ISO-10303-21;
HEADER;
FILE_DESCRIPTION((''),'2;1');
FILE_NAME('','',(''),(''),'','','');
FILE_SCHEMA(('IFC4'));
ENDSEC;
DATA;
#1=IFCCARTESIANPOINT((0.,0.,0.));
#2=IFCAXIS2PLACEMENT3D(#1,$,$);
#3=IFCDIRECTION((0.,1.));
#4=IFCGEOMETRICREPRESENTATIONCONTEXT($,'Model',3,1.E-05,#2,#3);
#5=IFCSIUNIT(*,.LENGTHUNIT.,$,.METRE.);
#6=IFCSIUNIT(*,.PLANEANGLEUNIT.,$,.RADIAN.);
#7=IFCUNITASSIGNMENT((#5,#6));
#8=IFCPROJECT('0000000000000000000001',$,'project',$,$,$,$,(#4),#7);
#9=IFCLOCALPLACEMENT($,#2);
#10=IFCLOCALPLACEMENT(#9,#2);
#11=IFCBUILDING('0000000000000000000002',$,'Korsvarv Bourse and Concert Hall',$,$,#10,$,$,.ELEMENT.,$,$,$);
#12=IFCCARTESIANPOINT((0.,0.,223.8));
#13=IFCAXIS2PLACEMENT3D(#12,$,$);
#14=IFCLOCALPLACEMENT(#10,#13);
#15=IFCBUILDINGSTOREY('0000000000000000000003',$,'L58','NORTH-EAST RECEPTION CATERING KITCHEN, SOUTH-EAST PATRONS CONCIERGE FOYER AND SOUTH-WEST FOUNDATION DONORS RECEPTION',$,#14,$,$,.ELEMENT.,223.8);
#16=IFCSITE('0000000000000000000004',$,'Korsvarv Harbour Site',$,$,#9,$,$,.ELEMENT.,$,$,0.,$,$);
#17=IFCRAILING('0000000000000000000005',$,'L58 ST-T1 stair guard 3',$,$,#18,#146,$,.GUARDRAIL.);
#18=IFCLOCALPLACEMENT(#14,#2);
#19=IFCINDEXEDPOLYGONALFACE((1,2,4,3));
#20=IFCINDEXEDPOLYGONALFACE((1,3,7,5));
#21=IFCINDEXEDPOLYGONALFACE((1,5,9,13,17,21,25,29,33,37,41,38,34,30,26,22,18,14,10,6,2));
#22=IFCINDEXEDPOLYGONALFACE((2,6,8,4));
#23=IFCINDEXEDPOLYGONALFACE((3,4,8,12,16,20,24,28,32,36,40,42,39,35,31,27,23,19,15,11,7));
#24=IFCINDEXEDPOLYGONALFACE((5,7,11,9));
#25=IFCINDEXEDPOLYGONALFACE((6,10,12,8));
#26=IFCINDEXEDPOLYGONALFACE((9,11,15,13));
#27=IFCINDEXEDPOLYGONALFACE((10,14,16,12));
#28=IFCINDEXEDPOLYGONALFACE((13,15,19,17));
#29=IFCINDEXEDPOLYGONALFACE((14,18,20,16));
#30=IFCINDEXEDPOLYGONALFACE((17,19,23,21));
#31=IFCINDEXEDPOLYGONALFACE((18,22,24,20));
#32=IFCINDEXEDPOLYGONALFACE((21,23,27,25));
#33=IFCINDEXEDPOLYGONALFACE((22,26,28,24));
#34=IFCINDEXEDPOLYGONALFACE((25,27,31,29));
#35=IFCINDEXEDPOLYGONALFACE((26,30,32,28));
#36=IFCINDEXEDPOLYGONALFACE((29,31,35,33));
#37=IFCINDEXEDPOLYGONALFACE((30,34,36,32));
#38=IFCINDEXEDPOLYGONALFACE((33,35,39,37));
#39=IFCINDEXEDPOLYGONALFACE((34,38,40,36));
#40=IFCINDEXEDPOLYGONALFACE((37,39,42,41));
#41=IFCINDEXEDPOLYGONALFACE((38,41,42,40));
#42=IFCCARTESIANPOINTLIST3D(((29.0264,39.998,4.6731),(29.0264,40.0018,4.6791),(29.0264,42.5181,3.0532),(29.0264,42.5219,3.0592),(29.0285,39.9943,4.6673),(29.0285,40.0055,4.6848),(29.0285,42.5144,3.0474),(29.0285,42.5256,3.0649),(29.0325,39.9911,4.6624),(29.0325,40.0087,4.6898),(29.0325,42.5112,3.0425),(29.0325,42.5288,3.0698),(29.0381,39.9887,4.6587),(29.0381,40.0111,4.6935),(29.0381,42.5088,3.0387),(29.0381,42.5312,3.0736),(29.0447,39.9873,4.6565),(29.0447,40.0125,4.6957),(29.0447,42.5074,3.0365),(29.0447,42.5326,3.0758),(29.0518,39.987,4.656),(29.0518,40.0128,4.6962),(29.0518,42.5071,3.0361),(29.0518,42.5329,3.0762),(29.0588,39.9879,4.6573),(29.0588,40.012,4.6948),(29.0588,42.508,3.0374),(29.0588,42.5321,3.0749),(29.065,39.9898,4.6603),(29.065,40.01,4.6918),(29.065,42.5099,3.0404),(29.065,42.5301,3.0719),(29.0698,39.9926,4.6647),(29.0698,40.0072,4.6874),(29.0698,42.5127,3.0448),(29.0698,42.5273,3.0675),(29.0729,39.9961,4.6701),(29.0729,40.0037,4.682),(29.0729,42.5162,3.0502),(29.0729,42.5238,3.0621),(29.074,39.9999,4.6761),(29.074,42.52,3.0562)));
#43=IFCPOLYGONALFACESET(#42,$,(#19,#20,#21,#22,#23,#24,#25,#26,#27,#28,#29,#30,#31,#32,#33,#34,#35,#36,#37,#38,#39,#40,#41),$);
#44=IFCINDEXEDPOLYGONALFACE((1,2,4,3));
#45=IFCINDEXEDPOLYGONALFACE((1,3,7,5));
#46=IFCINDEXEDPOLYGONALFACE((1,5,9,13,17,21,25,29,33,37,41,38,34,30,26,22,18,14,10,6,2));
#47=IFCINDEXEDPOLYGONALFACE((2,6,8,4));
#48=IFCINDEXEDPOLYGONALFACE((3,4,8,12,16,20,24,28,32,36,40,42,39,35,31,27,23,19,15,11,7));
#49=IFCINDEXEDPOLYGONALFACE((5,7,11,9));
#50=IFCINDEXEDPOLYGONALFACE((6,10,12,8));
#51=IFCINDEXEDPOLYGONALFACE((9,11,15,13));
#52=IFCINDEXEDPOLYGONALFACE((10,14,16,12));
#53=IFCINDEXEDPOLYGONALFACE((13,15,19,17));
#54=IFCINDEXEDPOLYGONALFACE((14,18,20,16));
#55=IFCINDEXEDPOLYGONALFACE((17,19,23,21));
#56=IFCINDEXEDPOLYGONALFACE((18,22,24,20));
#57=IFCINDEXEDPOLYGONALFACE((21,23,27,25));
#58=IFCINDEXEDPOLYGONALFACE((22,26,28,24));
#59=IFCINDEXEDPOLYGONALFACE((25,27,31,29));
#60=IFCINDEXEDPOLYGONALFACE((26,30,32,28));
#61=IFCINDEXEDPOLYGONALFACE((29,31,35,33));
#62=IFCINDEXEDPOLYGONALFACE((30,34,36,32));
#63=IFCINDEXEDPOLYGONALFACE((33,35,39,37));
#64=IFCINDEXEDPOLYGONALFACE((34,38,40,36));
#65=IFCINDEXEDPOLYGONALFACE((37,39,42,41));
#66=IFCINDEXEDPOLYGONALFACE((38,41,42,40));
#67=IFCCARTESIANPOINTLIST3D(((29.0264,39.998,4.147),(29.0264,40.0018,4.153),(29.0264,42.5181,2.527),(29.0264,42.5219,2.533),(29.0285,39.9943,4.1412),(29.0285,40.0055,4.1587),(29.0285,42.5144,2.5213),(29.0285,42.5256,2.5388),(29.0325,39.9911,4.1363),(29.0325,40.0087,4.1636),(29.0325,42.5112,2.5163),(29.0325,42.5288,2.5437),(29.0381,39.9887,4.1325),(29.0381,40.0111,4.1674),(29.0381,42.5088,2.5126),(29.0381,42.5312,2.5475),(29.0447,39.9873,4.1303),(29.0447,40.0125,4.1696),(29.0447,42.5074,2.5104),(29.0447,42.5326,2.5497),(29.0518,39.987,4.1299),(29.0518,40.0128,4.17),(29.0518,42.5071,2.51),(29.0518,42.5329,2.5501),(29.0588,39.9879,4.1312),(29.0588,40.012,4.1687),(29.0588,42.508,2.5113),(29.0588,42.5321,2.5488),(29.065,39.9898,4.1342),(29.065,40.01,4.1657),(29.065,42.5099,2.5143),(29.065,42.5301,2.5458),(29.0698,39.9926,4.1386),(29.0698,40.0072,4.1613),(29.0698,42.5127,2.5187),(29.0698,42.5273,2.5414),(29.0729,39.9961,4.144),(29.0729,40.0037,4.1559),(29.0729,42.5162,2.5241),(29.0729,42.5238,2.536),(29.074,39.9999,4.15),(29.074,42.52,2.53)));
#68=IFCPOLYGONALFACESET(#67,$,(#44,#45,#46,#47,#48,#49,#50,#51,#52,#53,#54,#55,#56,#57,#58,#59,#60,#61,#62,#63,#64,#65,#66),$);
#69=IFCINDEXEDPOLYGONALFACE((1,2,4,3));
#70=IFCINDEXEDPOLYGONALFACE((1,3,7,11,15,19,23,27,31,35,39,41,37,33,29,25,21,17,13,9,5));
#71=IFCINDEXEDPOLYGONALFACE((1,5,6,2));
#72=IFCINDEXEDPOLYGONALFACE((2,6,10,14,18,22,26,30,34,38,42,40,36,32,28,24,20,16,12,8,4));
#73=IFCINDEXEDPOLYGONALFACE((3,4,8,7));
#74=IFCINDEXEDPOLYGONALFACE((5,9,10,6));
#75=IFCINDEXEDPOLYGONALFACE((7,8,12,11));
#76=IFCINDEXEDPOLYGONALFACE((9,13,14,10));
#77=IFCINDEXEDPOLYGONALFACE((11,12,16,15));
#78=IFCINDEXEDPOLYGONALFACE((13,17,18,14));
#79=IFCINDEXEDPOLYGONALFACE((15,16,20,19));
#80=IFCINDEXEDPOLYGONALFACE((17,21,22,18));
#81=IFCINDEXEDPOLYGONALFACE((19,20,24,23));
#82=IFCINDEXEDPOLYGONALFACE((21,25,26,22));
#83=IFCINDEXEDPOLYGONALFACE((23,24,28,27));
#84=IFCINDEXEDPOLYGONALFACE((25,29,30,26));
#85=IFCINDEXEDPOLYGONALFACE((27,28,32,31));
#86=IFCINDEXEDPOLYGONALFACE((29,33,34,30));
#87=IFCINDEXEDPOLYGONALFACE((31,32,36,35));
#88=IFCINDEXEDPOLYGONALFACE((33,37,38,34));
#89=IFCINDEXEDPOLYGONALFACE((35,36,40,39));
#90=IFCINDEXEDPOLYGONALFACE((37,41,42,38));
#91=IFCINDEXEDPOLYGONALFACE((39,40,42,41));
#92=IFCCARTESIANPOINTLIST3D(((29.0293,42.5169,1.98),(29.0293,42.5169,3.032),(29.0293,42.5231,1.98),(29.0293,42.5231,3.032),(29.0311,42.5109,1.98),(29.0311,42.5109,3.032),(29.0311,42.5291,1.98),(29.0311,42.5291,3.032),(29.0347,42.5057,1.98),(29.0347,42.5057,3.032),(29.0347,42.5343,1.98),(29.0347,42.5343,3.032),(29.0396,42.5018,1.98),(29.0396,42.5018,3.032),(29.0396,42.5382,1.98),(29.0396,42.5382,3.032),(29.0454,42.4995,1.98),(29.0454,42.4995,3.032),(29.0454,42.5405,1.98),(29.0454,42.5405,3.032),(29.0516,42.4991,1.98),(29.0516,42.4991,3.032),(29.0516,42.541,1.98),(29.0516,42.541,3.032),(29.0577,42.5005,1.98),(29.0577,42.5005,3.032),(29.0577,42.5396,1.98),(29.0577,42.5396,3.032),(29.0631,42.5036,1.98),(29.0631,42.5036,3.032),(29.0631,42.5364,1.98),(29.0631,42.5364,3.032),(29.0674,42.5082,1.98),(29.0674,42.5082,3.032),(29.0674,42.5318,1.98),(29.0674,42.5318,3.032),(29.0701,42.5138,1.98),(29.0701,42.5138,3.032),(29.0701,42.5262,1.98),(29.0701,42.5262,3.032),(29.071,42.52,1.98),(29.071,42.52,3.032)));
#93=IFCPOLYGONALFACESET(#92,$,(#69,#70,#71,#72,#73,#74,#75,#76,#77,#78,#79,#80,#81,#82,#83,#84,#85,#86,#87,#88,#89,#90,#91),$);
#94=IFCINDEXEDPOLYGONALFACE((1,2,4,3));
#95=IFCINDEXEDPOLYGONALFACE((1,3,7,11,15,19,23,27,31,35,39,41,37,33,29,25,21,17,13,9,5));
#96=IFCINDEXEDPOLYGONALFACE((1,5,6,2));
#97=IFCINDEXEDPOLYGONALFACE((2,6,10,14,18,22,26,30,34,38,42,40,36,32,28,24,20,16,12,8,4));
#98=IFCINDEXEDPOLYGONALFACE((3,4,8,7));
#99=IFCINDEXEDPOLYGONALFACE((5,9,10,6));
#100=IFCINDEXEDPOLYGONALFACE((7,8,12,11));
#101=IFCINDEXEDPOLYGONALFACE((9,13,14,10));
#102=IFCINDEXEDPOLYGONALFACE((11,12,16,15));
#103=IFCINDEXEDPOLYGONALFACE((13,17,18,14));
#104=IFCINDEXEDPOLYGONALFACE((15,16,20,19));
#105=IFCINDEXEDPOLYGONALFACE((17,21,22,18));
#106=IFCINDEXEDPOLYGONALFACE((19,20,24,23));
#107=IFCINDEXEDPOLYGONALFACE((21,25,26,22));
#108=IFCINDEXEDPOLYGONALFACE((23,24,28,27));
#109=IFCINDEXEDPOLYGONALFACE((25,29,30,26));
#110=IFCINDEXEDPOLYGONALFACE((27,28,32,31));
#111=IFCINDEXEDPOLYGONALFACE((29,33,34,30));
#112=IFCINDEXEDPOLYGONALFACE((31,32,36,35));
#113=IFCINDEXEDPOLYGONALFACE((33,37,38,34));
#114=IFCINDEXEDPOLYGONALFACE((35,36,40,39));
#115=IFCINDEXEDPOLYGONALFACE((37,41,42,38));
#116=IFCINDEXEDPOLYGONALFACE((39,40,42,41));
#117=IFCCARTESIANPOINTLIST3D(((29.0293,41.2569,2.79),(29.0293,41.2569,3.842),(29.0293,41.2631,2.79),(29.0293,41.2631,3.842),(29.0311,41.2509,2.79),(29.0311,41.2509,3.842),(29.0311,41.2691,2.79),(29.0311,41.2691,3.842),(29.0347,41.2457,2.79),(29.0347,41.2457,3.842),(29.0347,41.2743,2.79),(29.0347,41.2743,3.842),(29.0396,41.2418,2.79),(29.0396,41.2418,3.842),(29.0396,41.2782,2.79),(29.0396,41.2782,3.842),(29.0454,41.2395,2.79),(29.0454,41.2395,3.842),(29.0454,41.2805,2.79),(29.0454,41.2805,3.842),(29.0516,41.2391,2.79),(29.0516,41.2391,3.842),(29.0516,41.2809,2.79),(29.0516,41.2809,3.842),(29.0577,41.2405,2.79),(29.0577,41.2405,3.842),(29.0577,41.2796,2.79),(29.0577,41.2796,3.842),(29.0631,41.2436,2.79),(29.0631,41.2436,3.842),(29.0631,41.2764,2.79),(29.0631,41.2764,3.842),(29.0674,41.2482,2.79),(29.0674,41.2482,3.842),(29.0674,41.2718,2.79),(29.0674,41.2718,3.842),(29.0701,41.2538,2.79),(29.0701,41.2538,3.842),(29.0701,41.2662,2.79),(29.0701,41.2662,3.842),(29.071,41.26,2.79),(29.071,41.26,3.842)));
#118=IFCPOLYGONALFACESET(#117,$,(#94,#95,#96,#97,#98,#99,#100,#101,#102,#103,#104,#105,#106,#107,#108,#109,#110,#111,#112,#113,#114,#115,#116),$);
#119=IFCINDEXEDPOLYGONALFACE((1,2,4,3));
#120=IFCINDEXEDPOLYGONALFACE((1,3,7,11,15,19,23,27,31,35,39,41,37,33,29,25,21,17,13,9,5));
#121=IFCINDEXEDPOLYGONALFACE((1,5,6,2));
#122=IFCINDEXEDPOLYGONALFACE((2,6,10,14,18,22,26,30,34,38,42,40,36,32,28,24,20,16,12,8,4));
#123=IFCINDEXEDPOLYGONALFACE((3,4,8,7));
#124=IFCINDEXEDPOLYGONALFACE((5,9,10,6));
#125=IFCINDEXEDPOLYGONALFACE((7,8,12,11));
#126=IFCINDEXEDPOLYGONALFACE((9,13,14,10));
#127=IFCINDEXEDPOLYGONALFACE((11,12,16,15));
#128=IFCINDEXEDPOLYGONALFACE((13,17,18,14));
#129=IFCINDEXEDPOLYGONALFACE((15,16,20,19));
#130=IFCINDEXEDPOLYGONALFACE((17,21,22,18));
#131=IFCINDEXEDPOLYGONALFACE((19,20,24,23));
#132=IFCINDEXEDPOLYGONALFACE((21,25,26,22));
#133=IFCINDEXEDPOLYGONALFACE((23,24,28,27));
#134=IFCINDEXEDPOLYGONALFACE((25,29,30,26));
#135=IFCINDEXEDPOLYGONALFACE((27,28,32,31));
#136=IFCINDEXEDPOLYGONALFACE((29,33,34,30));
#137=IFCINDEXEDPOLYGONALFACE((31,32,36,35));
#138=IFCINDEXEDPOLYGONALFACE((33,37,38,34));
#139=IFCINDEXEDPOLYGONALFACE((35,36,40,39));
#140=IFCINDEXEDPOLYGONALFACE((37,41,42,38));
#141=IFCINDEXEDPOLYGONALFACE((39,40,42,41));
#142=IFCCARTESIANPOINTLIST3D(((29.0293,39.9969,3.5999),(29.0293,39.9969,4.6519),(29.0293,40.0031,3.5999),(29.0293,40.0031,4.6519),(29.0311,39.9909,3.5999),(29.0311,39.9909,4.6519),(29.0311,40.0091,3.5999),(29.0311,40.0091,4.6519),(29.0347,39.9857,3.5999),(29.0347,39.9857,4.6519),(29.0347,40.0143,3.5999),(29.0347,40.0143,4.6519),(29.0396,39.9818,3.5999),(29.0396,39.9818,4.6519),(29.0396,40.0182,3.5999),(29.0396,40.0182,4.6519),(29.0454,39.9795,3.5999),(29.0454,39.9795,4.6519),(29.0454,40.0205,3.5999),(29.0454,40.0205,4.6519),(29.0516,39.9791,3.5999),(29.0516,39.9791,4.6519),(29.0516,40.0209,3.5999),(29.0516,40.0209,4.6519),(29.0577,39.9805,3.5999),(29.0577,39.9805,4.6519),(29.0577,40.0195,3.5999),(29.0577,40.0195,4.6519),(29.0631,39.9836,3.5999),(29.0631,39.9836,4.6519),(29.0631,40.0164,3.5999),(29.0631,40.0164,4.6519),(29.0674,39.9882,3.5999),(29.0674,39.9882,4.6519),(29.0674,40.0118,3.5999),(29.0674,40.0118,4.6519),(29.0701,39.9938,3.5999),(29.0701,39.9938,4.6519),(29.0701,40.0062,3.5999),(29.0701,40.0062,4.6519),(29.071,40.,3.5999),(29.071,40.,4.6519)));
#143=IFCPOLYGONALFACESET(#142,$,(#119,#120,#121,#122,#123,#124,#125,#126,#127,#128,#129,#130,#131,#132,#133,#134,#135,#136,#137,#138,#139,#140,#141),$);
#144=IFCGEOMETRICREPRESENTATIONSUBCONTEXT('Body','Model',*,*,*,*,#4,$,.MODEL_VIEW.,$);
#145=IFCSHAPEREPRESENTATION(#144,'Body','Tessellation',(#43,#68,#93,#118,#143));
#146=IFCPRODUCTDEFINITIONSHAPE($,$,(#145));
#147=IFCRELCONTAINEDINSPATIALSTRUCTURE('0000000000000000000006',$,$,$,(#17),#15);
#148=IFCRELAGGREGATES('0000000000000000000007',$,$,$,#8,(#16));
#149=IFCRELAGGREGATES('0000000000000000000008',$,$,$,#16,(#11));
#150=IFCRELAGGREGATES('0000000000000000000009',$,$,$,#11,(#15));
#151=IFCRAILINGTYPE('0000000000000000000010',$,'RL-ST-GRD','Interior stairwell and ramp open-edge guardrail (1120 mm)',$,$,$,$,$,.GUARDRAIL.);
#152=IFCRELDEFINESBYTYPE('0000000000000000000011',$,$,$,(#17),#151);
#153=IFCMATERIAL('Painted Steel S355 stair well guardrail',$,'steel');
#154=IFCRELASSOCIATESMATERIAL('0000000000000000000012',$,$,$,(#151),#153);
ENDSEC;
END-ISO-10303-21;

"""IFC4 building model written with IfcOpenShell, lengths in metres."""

from ifc_helpers import new_model, si_unit, direction, frame, origin, origin_2d, place, context, subcontext, project, spatial, circle, extrude, material, type_object, element, save


model = new_model("IFC4")

# Units and contexts
model_context = context("Model", 3, precision=1e-05, world=origin(), true_north=direction((0.0, 1.0)))
body_context = subcontext(model_context, "Body", "Model", "MODEL_VIEW")
ifc_project = project(units=[si_unit("LENGTHUNIT", "METRE"), si_unit("PLANEANGLEUNIT", "RADIAN")], contexts=[model_context])

# Site, building, storey
site_placement = place(None, origin())
site = spatial("IfcSite", under=ifc_project, at=site_placement, Name="Korsvarv Harbour Site", CompositionType="ELEMENT", RefElevation=0.0)
building_placement = place(site_placement, origin())
building = spatial("IfcBuilding", under=site, at=building_placement, Name="Korsvarv Bourse and Concert Hall", CompositionType="ELEMENT")
storey_placement = place(building_placement, frame((0.0, 0.0, 223.8)))
storey = spatial("IfcBuildingStorey", under=building, at=storey_placement, Name="L58", Description="NORTH-EAST RECEPTION CATERING KITCHEN, SOUTH-EAST PATRONS CONCIERGE FOYER AND SOUTH-WEST FOUNDATION DONORS RECEPTION", CompositionType="ELEMENT", Elevation=223.8)

# Railing
ifc_material_1 = material(Name="Painted Steel S355 stair well guardrail", Category="steel")
railing_type_1 = type_object("IfcRailingType", Name="RL-ST-GRD", Description="Interior stairwell and ramp open-edge guardrail (1120 mm)", PredefinedType="GUARDRAIL", material=ifc_material_1)
railing_1_placement = place(storey_placement, frame((29.05, 42.52, 1.98)))
element("IfcRailing", 1, at=railing_1_placement, inside=storey, type_object=railing_type_1, Name="L58 ST-T1 stair guard 3", PredefinedType="GUARDRAIL", context=body_context, shape_type="SweptSolid", body=[
    extrude(circle(Radius=0.0239, at=origin_2d()), frame((0.0, 0.0, 1.0762), z_axis=(0.0, -0.8412, 0.540725), x_axis=(1.0, 0.0, 0.0)), (0.0, 0.0, 1.0), 2.9958),
    extrude(circle(Radius=0.0239, at=origin_2d()), frame((0.0, 0.0, 0.55), z_axis=(0.0, -0.8412, 0.540725), x_axis=(1.0, 0.0, 0.0)), (0.0, 0.0, 1.0), 2.9958),
    extrude(circle(Radius=0.021, at=origin_2d()), origin(), (0.0, 0.0, 1.0), 1.052),
    extrude(circle(Radius=0.021, at=origin_2d()), frame((0.0, -1.26, 0.8101)), (0.0, 0.0, 1.0), 1.052),
    extrude(circle(Radius=0.021, at=origin_2d()), frame((0.0, -2.52, 1.6199)), (0.0, 0.0, 1.0), 1.052),
])

save(model, "model.ifc")
